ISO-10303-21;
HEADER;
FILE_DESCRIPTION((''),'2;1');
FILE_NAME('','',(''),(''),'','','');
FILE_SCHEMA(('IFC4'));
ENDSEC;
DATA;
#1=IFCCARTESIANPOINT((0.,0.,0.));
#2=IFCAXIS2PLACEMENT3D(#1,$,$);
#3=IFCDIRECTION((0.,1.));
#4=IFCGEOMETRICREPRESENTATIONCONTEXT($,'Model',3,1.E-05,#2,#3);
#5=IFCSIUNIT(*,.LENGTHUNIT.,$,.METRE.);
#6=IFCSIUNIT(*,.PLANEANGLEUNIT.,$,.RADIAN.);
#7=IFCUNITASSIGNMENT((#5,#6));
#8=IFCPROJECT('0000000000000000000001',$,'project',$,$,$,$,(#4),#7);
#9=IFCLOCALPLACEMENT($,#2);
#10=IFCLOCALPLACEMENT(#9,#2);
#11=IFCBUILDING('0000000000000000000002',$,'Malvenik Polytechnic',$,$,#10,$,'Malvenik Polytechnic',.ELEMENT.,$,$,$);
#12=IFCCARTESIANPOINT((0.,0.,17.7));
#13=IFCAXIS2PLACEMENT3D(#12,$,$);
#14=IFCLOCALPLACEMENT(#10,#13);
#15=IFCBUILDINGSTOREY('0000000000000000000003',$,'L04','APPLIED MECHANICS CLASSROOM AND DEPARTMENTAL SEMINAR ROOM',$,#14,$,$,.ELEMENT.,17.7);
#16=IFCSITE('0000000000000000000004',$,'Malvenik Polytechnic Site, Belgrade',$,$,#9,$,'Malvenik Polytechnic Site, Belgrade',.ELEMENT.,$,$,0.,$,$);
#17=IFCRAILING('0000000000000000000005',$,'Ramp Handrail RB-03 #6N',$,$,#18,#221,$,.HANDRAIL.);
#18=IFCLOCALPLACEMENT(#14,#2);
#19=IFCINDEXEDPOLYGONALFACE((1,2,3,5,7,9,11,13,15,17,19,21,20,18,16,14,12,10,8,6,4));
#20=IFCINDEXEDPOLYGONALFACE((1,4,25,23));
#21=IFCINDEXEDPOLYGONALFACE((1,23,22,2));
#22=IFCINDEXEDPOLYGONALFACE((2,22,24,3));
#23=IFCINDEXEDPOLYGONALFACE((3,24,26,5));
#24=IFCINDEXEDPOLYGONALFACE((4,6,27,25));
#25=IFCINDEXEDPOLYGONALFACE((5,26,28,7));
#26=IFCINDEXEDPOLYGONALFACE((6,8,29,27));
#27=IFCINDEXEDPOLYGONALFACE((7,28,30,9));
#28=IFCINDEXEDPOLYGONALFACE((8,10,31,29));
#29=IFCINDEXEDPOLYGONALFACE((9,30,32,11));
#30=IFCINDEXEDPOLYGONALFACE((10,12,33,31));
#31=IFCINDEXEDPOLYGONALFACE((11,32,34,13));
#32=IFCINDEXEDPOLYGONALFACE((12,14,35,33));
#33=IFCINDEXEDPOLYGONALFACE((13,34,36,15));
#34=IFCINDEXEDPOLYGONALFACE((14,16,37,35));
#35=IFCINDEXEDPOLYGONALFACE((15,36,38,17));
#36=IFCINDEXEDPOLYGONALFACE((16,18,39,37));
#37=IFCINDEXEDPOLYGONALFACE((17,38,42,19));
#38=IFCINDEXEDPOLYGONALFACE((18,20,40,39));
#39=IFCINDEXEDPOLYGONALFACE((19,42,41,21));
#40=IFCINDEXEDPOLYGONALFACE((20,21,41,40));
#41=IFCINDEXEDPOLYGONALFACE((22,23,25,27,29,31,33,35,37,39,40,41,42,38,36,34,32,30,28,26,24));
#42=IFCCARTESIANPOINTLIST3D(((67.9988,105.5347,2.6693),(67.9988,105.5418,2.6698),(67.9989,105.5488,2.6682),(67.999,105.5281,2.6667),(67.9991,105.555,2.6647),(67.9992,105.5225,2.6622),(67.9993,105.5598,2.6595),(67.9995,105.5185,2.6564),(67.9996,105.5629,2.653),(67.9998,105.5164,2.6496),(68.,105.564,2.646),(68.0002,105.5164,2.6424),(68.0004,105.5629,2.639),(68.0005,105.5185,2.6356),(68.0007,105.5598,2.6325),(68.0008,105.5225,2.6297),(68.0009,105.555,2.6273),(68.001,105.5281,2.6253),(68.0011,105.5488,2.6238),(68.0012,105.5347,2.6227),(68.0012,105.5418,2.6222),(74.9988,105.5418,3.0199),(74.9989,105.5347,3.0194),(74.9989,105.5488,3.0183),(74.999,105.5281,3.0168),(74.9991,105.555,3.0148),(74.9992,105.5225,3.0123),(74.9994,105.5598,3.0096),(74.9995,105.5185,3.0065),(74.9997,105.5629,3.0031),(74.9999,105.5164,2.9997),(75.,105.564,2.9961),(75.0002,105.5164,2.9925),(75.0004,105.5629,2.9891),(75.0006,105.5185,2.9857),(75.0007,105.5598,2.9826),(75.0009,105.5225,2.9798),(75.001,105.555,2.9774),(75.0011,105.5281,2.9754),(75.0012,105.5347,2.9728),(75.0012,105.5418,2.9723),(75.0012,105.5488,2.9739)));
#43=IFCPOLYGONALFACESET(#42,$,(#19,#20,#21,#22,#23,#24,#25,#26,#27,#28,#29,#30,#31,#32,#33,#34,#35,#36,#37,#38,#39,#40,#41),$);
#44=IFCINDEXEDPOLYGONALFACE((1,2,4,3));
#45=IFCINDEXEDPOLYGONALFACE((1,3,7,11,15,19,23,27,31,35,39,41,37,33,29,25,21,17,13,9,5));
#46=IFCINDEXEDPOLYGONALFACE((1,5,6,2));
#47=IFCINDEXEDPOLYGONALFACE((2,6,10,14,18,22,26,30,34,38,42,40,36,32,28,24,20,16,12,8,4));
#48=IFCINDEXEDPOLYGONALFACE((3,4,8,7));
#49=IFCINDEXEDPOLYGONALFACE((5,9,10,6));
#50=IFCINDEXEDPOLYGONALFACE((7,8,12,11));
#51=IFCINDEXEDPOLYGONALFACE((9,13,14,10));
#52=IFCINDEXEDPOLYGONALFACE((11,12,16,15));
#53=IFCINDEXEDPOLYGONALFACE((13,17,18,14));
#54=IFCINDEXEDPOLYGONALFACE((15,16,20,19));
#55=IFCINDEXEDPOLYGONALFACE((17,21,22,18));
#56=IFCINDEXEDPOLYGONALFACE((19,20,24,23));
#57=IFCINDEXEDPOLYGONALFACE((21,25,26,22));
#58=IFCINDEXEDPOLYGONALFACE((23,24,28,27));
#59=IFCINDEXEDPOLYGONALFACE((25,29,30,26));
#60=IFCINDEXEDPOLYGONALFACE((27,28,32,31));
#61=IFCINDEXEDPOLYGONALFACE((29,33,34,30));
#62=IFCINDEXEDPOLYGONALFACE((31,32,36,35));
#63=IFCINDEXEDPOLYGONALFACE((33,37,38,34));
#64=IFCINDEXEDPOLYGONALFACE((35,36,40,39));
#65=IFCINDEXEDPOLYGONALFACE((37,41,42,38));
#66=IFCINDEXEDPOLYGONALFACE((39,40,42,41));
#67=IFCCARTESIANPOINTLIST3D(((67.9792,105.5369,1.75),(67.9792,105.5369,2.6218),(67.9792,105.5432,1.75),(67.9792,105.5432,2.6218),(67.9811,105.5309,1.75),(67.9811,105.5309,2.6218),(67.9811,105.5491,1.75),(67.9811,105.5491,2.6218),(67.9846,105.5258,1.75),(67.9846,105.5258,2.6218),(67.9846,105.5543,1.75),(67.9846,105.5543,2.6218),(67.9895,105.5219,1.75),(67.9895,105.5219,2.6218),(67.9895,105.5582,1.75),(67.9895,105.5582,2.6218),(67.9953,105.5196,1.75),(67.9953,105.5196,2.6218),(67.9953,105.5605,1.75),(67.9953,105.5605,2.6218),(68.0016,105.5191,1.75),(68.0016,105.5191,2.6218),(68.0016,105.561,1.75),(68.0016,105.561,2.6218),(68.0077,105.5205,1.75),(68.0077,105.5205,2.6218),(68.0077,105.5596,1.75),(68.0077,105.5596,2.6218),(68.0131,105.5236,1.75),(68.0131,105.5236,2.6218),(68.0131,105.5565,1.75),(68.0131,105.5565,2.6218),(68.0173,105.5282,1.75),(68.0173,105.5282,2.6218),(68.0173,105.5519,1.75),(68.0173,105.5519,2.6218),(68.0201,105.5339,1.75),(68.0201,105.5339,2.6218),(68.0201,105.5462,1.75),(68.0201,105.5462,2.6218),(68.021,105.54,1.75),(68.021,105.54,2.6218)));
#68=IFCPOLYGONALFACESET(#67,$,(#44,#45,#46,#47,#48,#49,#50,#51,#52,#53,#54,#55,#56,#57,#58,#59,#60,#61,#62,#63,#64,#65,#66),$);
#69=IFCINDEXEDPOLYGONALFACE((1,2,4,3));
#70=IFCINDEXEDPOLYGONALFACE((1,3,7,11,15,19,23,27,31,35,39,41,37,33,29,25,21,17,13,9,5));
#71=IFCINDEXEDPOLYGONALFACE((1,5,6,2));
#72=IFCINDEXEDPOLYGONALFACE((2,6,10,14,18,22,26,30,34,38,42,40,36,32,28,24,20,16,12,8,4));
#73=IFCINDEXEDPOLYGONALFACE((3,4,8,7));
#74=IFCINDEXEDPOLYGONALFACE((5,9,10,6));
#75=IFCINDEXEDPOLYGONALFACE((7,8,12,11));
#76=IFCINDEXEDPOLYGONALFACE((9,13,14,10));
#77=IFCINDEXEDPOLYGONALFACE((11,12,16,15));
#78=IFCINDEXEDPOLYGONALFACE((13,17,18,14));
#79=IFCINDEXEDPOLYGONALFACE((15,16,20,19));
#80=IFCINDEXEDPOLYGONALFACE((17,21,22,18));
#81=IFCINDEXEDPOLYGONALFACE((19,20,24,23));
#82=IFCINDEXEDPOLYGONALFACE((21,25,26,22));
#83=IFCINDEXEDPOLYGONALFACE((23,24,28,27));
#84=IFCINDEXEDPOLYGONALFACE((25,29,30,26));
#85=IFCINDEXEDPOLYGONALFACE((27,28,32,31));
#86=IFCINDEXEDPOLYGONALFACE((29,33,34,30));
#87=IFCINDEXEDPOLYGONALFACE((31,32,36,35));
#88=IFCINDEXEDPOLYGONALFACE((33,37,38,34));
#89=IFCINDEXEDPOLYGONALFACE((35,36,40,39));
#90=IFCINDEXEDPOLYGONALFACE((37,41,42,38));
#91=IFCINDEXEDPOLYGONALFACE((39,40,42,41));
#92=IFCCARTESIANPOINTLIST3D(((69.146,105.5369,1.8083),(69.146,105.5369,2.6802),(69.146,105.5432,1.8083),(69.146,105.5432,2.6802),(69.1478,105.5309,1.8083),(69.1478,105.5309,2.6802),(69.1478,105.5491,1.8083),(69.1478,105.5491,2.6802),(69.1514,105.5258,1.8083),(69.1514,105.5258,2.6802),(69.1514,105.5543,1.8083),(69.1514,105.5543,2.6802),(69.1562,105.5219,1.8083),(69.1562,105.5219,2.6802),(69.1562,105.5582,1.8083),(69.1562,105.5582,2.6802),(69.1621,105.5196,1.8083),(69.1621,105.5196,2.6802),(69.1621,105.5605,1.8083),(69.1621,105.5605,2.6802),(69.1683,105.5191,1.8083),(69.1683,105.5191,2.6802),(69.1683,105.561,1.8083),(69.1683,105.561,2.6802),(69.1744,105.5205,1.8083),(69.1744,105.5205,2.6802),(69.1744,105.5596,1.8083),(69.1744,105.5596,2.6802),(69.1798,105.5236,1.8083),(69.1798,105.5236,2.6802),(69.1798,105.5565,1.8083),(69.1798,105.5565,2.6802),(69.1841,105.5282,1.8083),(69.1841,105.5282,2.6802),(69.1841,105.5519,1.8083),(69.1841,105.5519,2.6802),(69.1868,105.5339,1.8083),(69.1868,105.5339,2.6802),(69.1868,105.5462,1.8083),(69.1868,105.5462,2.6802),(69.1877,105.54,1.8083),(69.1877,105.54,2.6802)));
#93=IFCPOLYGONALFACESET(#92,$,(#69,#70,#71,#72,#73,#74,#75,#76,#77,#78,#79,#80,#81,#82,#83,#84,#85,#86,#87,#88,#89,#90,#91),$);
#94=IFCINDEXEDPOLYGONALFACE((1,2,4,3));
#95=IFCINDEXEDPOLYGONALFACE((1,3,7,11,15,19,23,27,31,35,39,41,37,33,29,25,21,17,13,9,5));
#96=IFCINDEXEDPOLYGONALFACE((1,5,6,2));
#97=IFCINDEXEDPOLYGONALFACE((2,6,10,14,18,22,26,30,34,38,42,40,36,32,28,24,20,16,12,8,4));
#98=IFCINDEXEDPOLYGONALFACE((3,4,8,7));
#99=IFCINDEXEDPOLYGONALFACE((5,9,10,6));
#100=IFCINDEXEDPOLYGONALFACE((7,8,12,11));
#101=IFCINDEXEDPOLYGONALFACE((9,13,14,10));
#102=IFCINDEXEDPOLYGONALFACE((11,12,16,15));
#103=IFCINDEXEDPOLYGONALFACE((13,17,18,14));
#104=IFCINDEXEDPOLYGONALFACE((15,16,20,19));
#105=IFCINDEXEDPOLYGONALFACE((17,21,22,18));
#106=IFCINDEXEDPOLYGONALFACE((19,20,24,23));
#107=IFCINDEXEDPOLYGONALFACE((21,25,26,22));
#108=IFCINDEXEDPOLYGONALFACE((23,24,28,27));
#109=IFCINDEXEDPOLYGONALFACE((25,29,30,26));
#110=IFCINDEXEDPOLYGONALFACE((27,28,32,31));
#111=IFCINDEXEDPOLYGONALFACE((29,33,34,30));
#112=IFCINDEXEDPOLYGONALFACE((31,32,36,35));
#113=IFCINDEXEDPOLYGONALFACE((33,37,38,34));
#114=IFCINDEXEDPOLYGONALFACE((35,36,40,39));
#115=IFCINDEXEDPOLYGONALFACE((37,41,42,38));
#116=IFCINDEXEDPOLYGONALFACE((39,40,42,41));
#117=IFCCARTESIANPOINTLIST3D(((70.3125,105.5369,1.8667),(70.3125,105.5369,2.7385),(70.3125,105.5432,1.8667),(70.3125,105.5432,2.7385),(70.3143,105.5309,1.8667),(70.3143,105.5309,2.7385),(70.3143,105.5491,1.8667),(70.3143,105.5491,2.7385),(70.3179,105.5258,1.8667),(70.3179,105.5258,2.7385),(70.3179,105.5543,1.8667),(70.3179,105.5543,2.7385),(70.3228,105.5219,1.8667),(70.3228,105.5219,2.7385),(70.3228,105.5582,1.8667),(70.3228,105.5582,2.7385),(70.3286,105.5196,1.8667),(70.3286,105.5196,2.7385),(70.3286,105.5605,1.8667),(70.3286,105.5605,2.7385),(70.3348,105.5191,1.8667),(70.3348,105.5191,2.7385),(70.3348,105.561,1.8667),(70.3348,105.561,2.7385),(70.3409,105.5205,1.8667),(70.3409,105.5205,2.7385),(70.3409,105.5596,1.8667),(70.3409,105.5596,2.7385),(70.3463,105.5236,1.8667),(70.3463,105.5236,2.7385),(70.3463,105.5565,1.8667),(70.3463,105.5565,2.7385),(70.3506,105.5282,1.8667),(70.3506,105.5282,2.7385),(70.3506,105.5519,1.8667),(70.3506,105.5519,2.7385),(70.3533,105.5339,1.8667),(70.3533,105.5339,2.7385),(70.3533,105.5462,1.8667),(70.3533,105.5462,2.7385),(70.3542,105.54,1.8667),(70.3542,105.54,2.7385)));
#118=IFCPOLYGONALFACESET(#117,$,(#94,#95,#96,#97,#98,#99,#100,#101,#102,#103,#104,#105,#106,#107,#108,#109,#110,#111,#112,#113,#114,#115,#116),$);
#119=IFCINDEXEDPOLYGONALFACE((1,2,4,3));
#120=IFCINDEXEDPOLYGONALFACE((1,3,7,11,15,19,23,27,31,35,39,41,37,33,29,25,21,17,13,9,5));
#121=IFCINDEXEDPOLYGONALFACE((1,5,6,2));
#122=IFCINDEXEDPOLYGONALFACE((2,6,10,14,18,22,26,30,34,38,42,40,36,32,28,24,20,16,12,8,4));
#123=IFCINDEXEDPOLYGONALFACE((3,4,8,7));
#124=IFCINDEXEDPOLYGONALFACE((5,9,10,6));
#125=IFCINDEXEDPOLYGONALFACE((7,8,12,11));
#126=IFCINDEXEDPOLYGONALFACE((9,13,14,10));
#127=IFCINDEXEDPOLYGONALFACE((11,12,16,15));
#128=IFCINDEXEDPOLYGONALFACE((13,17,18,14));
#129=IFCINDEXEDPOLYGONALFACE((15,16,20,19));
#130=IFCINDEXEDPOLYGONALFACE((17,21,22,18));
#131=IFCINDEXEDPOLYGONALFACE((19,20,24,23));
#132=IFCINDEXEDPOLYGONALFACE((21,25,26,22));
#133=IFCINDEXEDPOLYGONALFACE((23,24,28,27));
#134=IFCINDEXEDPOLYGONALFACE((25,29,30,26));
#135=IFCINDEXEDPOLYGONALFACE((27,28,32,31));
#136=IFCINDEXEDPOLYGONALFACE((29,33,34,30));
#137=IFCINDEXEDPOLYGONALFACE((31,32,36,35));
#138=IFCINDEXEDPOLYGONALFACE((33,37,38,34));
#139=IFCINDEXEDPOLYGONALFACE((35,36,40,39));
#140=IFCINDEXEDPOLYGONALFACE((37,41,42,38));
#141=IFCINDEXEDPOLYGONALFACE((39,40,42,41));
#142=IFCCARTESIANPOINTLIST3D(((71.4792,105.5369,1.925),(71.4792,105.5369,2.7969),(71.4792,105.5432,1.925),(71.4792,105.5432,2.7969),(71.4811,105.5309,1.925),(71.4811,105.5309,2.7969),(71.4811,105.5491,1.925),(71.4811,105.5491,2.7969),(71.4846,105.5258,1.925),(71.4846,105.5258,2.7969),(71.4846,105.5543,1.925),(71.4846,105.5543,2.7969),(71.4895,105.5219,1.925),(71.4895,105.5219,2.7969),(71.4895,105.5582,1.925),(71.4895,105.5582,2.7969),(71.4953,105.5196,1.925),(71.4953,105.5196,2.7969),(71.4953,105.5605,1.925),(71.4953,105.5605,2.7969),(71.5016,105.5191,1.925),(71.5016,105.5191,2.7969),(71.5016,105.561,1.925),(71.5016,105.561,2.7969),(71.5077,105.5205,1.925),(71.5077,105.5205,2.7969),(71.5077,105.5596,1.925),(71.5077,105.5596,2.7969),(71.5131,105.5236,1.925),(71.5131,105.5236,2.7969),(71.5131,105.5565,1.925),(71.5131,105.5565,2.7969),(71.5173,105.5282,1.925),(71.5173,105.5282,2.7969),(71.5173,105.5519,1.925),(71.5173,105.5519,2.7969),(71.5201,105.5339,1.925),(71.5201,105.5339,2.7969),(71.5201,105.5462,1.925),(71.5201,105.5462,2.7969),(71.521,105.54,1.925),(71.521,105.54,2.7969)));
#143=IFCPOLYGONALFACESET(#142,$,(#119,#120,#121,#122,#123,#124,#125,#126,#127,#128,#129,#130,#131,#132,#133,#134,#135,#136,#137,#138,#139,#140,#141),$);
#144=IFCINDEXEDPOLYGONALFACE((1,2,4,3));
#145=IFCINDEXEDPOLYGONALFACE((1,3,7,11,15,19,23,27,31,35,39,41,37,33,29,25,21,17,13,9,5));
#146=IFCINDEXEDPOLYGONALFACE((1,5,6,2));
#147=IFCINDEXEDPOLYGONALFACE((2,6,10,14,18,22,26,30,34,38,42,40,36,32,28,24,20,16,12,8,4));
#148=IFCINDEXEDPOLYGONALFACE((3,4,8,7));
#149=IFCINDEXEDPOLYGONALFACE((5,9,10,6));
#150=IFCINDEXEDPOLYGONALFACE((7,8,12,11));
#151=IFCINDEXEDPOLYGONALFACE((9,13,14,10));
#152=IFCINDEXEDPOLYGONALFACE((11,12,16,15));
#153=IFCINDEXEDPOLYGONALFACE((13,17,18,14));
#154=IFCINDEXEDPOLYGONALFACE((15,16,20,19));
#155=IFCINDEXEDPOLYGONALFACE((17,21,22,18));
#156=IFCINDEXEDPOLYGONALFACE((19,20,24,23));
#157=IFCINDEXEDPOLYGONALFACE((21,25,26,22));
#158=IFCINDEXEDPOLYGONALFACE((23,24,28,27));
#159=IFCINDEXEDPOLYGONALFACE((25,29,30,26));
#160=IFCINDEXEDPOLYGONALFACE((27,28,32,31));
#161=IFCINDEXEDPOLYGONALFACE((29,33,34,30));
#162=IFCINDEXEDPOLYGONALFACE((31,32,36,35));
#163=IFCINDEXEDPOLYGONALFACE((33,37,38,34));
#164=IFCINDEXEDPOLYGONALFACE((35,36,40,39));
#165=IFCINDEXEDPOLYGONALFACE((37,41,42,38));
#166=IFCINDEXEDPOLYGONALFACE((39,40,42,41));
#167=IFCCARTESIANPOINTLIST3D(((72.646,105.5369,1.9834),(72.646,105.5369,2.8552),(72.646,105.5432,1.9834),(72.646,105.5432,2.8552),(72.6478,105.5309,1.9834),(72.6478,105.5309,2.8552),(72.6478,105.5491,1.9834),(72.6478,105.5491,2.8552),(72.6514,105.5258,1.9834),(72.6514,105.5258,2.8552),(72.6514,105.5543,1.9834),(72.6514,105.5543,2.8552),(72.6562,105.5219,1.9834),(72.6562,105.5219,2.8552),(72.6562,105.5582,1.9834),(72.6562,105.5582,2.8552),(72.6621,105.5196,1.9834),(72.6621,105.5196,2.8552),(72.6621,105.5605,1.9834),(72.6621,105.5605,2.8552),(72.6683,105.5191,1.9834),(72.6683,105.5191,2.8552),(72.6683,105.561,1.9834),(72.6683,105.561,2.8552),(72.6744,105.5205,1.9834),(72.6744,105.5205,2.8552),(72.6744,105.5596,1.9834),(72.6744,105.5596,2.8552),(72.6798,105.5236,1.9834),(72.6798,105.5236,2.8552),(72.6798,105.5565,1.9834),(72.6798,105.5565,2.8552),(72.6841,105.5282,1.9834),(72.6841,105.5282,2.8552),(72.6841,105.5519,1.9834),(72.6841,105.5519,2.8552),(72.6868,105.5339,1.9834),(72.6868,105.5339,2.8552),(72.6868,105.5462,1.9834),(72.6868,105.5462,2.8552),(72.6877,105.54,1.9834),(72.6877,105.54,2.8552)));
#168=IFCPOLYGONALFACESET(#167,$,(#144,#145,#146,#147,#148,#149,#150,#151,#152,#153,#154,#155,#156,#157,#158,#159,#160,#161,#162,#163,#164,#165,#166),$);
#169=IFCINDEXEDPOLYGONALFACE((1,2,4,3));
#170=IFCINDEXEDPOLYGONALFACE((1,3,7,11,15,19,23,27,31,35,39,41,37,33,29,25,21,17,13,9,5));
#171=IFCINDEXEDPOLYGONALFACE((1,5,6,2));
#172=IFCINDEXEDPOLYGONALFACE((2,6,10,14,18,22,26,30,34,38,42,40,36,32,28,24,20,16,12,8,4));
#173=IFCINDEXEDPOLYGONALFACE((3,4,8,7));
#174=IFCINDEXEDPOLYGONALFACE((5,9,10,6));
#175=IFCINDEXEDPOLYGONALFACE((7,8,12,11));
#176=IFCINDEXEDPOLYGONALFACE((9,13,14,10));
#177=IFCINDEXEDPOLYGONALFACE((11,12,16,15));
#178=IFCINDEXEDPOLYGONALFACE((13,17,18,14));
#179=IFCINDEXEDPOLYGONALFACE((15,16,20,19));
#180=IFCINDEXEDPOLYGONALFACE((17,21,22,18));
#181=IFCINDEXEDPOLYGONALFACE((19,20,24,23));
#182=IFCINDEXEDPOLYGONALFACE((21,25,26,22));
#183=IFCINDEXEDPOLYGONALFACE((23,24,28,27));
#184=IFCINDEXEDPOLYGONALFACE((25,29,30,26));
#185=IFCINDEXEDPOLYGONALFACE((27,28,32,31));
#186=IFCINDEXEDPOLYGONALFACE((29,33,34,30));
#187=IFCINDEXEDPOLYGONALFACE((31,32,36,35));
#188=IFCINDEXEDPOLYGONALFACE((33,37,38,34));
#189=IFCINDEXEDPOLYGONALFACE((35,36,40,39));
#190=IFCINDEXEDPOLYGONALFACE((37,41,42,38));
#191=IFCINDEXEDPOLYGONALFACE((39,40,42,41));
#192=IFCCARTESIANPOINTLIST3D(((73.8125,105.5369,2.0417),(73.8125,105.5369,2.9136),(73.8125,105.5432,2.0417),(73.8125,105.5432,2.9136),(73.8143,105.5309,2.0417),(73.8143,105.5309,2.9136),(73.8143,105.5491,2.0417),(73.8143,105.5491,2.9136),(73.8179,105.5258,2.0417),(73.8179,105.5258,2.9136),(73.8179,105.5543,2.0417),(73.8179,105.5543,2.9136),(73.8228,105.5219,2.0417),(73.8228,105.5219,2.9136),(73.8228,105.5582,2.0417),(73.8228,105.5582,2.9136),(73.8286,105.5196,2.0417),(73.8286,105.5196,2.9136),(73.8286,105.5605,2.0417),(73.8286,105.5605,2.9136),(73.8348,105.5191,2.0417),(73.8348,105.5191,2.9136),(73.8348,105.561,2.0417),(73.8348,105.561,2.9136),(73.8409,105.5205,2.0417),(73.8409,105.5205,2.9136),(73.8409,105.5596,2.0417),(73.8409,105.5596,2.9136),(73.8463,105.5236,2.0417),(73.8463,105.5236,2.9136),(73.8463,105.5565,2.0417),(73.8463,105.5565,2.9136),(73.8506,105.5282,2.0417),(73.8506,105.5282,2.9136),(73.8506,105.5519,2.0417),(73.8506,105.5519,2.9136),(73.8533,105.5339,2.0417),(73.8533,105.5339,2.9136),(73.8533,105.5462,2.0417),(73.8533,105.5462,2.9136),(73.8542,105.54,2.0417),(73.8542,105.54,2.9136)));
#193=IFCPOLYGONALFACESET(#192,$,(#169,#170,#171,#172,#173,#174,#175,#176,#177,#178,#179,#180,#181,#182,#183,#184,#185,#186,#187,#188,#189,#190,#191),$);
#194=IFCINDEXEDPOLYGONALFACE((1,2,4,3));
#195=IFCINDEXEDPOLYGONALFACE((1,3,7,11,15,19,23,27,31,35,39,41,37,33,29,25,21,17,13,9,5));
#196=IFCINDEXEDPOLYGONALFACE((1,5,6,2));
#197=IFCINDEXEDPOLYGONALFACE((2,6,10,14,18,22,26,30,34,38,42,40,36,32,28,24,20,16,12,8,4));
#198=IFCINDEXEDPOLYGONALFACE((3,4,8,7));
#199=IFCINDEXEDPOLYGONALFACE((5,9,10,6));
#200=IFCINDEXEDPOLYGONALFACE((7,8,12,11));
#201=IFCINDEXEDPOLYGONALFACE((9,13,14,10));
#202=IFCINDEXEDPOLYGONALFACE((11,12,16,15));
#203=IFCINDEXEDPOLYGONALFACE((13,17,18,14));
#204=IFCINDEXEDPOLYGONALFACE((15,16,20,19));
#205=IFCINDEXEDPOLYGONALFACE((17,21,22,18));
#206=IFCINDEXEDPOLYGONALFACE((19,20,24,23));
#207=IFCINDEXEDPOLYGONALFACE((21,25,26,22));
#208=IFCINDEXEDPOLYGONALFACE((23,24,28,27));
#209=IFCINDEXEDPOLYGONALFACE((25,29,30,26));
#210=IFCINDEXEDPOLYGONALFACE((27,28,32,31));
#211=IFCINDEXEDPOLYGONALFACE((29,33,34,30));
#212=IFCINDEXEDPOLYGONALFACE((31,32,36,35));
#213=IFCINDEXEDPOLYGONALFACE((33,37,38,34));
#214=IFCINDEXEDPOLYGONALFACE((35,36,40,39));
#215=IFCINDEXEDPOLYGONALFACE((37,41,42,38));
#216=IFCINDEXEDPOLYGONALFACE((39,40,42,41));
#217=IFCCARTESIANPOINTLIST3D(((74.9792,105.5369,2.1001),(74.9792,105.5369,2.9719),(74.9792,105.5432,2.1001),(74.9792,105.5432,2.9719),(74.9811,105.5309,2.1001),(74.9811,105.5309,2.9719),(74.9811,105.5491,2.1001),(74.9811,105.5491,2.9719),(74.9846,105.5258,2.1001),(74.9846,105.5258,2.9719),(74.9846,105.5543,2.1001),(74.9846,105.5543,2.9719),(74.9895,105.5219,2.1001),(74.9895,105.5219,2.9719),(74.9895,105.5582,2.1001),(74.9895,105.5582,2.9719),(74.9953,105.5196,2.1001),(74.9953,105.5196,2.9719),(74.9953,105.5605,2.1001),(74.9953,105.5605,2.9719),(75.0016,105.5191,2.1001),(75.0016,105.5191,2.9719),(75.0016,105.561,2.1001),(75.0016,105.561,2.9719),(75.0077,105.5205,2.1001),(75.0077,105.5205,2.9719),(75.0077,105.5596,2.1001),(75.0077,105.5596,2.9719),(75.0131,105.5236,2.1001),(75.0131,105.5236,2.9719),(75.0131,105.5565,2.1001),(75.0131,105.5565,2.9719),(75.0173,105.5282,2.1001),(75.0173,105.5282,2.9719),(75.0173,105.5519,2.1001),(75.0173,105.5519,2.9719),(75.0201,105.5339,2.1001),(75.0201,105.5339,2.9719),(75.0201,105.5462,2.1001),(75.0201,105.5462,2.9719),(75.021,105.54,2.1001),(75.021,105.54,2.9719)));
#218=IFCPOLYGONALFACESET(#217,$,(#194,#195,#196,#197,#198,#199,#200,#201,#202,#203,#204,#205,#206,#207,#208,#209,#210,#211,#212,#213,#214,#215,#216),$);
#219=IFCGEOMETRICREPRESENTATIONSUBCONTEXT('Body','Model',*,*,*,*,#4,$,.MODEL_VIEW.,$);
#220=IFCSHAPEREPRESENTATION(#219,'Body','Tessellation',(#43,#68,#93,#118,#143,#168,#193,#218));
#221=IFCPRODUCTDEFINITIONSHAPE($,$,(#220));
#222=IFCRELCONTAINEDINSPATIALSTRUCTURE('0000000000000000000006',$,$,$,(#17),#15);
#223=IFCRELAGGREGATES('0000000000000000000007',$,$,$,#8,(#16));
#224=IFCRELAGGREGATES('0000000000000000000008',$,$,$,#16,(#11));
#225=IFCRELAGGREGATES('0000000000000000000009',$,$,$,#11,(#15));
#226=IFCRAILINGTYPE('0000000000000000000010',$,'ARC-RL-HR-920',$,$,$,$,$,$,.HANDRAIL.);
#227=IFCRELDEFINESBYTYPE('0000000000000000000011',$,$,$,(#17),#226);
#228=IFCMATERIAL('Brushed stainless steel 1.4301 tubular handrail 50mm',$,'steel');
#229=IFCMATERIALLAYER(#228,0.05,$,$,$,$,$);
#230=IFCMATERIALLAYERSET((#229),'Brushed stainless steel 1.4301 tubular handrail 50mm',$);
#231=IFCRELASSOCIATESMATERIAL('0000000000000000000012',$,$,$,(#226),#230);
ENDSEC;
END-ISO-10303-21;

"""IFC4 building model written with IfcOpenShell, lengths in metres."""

from ifc_helpers import new_model, si_unit, direction, frame, origin, origin_2d, place, context, subcontext, project, spatial, circle, extrude, material, layer, layer_set, type_object, element, save


model = new_model("IFC4")

# Units and contexts
model_context = context("Model", 3, precision=1e-05, world=origin(), true_north=direction((0.0, 1.0)))
body_context = subcontext(model_context, "Body", "Model", "MODEL_VIEW")
ifc_project = project(units=[si_unit("LENGTHUNIT", "METRE"), si_unit("PLANEANGLEUNIT", "RADIAN")], contexts=[model_context])

# Site, building, storey
site_placement = place(None, origin())
site = spatial("IfcSite", under=ifc_project, at=site_placement, Name="Malvenik Polytechnic Site, Belgrade", LongName="Malvenik Polytechnic Site, Belgrade", CompositionType="ELEMENT", RefElevation=0.0)
building_placement = place(site_placement, origin())
building = spatial("IfcBuilding", under=site, at=building_placement, Name="Malvenik Polytechnic", LongName="Malvenik Polytechnic", CompositionType="ELEMENT")
storey_placement = place(building_placement, frame((0.0, 0.0, 17.7)))
storey = spatial("IfcBuildingStorey", under=building, at=storey_placement, Name="L04", Description="APPLIED MECHANICS CLASSROOM AND DEPARTMENTAL SEMINAR ROOM", CompositionType="ELEMENT", Elevation=17.7)

# Railing
ifc_material_1 = material(Name="Brushed stainless steel 1.4301 tubular handrail 50mm", Category="steel")
ifc_layer_1 = layer(ifc_material_1, 0.05)
ifc_layer_set_1 = layer_set([ifc_layer_1], Name="Brushed stainless steel 1.4301 tubular handrail 50mm")
railing_type_1 = type_object("IfcRailingType", Name="ARC-RL-HR-920", PredefinedType="HANDRAIL", material=ifc_layer_set_1)
railing_1_placement = place(storey_placement, frame((68.0, 105.54, 1.75)))
element("IfcRailing", 1, at=railing_1_placement, inside=storey, type_object=railing_type_1, Name="Ramp Handrail RB-03 #6N", PredefinedType="HANDRAIL", context=body_context, shape_type="SweptSolid", body=[
    extrude(circle(Radius=0.0239, at=origin_2d()), frame((0.0, 0.0, 0.896), z_axis=(0.998752, 0.0, 0.049952), x_axis=(0.0, 1.0, 0.0)), (0.0, 0.0, 1.0), 7.0088),
    extrude(circle(Radius=0.021, at=origin_2d()), origin(), (0.0, 0.0, 1.0), 0.8718),
    extrude(circle(Radius=0.021, at=origin_2d()), frame((1.1667, 0.0, 0.0583)), (0.0, 0.0, 1.0), 0.8718),
    extrude(circle(Radius=0.021, at=origin_2d()), frame((2.3333, 0.0, 0.1167)), (0.0, 0.0, 1.0), 0.8718),
    extrude(circle(Radius=0.021, at=origin_2d()), frame((3.5, 0.0, 0.175)), (0.0, 0.0, 1.0), 0.8718),
    extrude(circle(Radius=0.021, at=origin_2d()), frame((4.6667, 0.0, 0.2334)), (0.0, 0.0, 1.0), 0.8718),
    extrude(circle(Radius=0.021, at=origin_2d()), frame((5.8333, 0.0, 0.2917)), (0.0, 0.0, 1.0), 0.8718),
    extrude(circle(Radius=0.021, at=origin_2d()), frame((7.0, 0.0, 0.3501)), (0.0, 0.0, 1.0), 0.8718),
])

save(model, "model.ifc")
